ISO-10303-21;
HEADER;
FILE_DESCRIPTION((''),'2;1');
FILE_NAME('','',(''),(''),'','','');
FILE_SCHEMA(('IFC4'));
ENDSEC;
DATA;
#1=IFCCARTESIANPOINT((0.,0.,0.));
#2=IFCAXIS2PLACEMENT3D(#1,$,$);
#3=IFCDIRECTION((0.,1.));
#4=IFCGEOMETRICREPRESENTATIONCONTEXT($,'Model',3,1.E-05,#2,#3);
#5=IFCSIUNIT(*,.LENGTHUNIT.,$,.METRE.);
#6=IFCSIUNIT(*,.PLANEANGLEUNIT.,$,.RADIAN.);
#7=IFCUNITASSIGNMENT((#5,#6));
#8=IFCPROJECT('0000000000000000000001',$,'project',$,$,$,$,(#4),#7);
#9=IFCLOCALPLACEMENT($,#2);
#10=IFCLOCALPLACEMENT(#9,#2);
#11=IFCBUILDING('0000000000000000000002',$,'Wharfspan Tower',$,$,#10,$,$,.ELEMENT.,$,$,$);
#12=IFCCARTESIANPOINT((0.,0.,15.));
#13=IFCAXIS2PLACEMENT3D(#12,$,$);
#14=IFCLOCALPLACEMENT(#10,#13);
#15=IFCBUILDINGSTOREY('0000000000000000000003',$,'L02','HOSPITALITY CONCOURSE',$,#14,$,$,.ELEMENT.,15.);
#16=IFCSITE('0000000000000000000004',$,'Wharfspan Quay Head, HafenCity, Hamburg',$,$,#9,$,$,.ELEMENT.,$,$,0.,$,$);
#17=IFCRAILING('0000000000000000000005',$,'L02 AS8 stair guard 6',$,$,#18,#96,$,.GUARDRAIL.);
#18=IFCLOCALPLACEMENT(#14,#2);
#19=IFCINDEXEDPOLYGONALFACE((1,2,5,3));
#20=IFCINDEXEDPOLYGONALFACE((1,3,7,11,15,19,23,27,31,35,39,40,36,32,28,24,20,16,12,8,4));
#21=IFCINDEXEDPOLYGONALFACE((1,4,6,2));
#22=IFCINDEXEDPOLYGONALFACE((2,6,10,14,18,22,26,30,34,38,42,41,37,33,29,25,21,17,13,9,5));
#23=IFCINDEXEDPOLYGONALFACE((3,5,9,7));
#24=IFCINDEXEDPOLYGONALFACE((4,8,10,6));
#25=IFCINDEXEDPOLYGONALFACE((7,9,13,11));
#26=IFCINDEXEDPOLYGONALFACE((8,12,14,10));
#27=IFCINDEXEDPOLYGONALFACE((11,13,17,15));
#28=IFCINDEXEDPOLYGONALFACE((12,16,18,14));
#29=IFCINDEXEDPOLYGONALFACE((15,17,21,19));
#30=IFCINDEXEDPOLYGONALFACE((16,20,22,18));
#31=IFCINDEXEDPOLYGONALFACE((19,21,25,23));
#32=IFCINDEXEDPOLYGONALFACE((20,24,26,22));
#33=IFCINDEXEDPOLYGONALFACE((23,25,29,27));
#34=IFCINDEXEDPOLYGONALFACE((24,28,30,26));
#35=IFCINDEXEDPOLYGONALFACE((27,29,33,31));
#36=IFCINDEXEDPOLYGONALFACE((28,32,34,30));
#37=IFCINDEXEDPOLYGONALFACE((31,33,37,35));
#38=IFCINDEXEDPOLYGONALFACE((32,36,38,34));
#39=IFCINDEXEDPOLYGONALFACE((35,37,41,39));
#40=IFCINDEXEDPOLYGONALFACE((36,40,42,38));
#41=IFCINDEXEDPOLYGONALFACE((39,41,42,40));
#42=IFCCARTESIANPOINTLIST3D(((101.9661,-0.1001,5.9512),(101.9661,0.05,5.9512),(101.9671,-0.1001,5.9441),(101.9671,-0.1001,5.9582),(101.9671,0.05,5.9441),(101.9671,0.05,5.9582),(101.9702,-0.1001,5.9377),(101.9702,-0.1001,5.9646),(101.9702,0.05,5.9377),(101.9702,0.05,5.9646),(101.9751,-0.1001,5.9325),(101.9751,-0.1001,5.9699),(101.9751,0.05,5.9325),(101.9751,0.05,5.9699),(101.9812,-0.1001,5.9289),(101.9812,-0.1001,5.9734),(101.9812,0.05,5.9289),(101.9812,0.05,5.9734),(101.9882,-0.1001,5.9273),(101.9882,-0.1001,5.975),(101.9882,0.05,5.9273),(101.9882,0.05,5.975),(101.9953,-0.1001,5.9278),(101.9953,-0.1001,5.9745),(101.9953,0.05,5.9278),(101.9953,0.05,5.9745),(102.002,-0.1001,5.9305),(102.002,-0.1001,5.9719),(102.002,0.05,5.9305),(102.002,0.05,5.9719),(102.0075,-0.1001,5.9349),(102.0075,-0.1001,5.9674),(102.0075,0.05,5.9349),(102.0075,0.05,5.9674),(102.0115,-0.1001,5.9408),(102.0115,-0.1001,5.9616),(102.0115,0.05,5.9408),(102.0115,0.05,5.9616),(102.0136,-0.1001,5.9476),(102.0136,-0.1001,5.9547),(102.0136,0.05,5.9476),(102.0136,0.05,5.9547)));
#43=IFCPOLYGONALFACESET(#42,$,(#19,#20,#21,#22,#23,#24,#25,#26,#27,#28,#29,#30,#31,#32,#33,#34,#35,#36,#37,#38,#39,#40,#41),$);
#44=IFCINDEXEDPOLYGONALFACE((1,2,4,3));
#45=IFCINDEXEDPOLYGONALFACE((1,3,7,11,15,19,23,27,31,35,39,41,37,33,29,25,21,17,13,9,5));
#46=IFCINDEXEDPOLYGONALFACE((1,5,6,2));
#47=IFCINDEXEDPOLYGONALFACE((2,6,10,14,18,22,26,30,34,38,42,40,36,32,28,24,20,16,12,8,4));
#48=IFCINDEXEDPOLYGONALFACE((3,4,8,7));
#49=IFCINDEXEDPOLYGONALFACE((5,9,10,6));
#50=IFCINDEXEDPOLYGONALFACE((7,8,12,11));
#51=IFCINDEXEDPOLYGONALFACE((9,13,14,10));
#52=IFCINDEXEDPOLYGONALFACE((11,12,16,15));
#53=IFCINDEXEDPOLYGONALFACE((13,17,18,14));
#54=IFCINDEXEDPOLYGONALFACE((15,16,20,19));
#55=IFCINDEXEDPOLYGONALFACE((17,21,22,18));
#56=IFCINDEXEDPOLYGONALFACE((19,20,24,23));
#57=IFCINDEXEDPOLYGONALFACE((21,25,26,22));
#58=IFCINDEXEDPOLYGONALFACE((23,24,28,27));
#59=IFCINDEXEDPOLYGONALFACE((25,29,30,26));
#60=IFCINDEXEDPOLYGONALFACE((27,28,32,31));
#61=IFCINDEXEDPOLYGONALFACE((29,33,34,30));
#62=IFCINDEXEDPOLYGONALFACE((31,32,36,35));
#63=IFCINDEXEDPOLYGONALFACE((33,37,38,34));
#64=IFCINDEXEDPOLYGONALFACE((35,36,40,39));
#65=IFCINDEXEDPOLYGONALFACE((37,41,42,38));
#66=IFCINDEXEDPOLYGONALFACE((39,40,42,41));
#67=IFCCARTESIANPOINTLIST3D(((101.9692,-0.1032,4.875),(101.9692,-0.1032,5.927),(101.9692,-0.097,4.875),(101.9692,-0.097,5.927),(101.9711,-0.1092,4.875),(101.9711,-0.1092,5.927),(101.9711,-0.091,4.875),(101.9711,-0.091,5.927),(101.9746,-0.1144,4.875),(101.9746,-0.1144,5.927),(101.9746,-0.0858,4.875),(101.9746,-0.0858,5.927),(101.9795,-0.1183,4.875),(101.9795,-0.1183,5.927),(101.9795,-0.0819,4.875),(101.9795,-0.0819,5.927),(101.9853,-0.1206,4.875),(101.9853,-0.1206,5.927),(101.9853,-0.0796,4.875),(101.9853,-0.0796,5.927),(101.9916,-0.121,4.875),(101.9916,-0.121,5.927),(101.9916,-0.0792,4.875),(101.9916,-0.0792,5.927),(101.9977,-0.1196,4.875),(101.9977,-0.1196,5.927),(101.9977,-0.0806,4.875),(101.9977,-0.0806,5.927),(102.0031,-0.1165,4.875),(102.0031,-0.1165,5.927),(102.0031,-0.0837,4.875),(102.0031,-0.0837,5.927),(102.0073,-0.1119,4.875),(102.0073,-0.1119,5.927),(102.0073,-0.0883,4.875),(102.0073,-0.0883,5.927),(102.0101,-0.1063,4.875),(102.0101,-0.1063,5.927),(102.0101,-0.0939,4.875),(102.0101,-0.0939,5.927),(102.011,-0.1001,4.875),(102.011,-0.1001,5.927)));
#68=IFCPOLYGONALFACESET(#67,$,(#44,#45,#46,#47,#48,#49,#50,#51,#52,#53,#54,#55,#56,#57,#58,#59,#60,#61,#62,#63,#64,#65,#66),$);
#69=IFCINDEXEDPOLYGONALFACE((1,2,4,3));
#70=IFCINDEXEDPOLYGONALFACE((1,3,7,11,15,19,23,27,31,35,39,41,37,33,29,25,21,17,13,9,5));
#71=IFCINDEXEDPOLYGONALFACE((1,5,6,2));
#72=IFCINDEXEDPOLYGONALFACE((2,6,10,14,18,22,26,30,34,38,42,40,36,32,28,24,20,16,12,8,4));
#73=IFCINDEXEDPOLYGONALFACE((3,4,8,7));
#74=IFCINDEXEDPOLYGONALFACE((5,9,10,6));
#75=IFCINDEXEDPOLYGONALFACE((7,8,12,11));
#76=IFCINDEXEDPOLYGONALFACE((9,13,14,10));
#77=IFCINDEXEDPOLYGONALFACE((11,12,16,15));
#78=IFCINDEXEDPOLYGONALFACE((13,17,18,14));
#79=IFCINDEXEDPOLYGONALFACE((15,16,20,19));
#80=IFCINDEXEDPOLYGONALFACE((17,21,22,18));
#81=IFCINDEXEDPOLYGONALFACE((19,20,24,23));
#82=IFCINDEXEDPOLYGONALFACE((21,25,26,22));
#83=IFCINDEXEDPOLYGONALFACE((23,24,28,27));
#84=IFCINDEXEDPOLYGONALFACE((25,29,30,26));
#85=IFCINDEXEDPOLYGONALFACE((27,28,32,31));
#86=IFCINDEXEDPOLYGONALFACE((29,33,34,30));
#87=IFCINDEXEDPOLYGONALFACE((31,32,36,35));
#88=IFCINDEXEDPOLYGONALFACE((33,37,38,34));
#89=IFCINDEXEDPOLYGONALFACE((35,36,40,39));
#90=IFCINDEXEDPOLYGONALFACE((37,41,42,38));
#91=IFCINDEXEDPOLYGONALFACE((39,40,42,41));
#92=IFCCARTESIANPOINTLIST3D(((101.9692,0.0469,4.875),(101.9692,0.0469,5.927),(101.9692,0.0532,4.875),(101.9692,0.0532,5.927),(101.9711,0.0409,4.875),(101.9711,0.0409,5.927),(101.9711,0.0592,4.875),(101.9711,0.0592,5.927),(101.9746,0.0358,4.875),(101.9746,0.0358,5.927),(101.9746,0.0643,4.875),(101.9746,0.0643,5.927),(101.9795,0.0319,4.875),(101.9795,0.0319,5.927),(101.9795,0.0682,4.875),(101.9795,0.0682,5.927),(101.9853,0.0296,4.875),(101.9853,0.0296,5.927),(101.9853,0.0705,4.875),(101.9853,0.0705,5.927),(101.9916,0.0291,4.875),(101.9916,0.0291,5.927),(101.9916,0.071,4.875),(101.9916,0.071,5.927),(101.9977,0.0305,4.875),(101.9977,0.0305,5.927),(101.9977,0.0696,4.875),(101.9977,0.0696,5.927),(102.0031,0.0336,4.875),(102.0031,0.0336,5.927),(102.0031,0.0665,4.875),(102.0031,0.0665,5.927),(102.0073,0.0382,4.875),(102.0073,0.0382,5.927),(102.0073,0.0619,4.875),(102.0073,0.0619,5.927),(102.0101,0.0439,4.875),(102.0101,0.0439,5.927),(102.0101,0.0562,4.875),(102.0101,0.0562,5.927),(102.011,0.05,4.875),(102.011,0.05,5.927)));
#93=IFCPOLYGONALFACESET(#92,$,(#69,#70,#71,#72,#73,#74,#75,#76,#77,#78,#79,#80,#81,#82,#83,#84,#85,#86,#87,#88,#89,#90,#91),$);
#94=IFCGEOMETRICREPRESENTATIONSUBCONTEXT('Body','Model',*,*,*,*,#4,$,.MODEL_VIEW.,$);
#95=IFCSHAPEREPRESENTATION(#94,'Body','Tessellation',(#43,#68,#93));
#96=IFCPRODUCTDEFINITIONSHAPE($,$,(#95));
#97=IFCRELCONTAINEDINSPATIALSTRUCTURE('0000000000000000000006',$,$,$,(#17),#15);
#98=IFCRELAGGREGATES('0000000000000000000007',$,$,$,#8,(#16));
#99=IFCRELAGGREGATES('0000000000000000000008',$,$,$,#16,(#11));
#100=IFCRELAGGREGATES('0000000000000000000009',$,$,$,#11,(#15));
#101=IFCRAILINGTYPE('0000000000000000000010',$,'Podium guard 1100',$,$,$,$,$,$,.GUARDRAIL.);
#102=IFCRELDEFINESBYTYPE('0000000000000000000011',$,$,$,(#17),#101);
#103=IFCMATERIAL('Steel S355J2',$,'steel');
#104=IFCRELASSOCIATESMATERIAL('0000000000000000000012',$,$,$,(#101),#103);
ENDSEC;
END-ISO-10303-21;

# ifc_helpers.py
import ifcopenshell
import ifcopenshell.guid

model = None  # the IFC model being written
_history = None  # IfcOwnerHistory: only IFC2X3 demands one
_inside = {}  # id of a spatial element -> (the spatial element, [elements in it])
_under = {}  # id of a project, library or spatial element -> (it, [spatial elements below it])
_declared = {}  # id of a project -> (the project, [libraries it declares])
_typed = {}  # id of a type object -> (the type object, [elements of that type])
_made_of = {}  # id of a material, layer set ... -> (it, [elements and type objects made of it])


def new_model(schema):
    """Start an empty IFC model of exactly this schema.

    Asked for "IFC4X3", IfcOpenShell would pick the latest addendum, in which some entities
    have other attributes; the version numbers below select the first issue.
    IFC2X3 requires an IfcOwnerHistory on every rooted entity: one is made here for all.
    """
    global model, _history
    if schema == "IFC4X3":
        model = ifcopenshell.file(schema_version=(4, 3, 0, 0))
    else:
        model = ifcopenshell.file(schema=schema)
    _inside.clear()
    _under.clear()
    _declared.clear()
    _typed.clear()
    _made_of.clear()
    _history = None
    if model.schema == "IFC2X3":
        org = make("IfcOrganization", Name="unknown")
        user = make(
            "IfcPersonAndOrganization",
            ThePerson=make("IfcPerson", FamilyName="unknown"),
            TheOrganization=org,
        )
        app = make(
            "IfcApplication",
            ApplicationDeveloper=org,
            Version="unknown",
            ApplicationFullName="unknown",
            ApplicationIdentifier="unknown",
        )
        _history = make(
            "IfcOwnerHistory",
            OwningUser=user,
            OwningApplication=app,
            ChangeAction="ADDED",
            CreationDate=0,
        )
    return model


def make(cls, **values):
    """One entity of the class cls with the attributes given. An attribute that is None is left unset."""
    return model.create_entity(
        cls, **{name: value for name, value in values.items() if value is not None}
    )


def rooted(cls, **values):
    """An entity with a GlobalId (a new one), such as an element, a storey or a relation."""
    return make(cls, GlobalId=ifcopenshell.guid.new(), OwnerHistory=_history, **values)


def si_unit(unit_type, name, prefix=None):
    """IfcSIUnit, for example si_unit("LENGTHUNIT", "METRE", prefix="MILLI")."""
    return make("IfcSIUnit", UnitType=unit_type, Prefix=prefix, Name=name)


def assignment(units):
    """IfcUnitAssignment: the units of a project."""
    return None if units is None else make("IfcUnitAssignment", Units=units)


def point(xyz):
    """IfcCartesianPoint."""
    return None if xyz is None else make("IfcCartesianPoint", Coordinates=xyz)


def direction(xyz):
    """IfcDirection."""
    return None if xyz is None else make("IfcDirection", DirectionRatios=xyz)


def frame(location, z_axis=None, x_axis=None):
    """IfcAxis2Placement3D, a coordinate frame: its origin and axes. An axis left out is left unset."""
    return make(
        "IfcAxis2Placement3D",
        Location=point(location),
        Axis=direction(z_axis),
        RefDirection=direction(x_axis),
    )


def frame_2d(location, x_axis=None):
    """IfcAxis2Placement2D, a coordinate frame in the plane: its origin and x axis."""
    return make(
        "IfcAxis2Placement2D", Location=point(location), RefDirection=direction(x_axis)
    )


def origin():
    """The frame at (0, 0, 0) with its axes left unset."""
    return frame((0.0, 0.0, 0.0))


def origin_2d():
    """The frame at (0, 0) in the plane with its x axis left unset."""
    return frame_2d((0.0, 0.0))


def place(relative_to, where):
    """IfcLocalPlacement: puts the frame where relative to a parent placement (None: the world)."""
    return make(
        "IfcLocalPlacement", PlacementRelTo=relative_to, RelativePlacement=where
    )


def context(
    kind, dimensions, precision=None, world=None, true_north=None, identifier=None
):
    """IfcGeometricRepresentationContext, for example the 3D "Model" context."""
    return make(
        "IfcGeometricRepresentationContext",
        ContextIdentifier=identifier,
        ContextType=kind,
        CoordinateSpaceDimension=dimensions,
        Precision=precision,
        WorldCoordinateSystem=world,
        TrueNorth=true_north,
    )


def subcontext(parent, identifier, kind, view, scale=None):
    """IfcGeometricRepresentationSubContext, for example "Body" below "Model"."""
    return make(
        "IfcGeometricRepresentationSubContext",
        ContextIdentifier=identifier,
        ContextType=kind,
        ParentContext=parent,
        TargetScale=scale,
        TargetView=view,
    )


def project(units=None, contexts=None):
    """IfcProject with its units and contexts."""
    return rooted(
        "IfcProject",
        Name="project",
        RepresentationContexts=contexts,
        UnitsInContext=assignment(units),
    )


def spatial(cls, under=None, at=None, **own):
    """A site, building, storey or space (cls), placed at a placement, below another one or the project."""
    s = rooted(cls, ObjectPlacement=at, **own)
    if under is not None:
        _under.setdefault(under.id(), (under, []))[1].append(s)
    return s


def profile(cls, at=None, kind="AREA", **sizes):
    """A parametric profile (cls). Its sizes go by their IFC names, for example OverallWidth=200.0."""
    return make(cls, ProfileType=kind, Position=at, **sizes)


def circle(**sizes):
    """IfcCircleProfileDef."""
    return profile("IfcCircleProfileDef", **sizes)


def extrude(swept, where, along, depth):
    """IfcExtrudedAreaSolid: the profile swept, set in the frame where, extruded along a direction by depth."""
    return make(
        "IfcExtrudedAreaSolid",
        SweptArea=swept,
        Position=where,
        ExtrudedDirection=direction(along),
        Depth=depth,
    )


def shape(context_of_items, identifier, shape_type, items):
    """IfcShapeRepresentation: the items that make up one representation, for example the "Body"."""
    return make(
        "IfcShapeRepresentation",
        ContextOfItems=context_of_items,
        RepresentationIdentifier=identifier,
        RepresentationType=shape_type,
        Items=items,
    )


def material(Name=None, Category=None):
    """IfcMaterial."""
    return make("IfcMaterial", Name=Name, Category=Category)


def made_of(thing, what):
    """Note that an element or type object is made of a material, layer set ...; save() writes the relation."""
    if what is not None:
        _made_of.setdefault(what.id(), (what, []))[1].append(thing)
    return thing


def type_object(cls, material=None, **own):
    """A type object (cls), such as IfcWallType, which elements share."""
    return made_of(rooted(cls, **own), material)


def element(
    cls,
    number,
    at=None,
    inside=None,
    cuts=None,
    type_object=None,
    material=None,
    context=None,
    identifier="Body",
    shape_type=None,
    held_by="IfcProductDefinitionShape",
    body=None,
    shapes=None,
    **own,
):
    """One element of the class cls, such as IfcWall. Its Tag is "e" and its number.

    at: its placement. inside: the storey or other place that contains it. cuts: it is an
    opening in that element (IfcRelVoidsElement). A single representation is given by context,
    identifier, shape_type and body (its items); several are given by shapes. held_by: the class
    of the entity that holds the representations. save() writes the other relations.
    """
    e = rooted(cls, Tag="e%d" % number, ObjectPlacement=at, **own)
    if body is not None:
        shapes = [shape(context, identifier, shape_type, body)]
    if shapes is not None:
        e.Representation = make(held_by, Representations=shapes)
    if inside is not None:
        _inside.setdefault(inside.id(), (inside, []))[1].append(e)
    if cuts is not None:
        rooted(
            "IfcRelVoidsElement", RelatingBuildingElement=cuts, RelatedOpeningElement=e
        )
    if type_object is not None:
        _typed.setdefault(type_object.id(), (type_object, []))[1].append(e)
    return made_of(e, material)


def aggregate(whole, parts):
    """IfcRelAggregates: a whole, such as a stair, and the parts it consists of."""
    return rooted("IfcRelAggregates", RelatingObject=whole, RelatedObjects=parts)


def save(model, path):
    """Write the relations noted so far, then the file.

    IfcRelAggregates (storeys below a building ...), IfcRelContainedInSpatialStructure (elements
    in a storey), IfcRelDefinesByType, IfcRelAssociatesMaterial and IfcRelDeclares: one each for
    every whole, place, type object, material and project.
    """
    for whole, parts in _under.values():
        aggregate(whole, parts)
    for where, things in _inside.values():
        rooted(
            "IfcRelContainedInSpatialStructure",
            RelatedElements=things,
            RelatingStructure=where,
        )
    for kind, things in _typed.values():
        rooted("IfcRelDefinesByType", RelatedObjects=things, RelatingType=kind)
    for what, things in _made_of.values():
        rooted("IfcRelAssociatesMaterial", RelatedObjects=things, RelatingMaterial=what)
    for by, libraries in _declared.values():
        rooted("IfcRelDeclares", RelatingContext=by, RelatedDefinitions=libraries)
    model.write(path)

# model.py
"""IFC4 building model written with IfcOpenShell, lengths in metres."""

from ifc_helpers import new_model, si_unit, direction, frame, origin, origin_2d, place, context, subcontext, project, spatial, circle, extrude, material, type_object, element, save


model = new_model("IFC4")

# Units and contexts
model_context = context("Model", 3, precision=1e-05, world=origin(), true_north=direction((0.0, 1.0)))
body_context = subcontext(model_context, "Body", "Model", "MODEL_VIEW")
ifc_project = project(units=[si_unit("LENGTHUNIT", "METRE"), si_unit("PLANEANGLEUNIT", "RADIAN")], contexts=[model_context])

# Site, building, storey
site_placement = place(None, origin())
site = spatial("IfcSite", under=ifc_project, at=site_placement, Name="Wharfspan Quay Head, HafenCity, Hamburg", CompositionType="ELEMENT", RefElevation=0.0)
building_placement = place(site_placement, origin())
building = spatial("IfcBuilding", under=site, at=building_placement, Name="Wharfspan Tower", CompositionType="ELEMENT")
storey_placement = place(building_placement, frame((0.0, 0.0, 15.0)))
storey = spatial("IfcBuildingStorey", under=building, at=storey_placement, Name="L02", Description="HOSPITALITY CONCOURSE", CompositionType="ELEMENT", Elevation=15.0)

# Railing
ifc_material_1 = material(Name="Steel S355J2", Category="steel")
railing_type_1 = type_object("IfcRailingType", Name="Podium guard 1100", PredefinedType="GUARDRAIL", material=ifc_material_1)
railing_1_placement = place(storey_placement, frame((101.99, -0.1001, 4.875)))
element("IfcRailing", 1, at=railing_1_placement, inside=storey, type_object=railing_type_1, Name="L02 AS8 stair guard 6", PredefinedType="GUARDRAIL", context=body_context, shape_type="SweptSolid", body=[
    extrude(circle(Radius=0.0239, at=origin_2d()), frame((0.0, 0.0, 1.0762), z_axis=(0.0, 1.0, 0.0), x_axis=(-1.0, 0.0, 0.0)), (0.0, 0.0, 1.0), 0.1501),
    extrude(circle(Radius=0.021, at=origin_2d()), origin(), (0.0, 0.0, 1.0), 1.052),
    extrude(circle(Radius=0.021, at=origin_2d()), frame((0.0, 0.1501, 0.0)), (0.0, 0.0, 1.0), 1.052),
])

save(model, "model.ifc")
